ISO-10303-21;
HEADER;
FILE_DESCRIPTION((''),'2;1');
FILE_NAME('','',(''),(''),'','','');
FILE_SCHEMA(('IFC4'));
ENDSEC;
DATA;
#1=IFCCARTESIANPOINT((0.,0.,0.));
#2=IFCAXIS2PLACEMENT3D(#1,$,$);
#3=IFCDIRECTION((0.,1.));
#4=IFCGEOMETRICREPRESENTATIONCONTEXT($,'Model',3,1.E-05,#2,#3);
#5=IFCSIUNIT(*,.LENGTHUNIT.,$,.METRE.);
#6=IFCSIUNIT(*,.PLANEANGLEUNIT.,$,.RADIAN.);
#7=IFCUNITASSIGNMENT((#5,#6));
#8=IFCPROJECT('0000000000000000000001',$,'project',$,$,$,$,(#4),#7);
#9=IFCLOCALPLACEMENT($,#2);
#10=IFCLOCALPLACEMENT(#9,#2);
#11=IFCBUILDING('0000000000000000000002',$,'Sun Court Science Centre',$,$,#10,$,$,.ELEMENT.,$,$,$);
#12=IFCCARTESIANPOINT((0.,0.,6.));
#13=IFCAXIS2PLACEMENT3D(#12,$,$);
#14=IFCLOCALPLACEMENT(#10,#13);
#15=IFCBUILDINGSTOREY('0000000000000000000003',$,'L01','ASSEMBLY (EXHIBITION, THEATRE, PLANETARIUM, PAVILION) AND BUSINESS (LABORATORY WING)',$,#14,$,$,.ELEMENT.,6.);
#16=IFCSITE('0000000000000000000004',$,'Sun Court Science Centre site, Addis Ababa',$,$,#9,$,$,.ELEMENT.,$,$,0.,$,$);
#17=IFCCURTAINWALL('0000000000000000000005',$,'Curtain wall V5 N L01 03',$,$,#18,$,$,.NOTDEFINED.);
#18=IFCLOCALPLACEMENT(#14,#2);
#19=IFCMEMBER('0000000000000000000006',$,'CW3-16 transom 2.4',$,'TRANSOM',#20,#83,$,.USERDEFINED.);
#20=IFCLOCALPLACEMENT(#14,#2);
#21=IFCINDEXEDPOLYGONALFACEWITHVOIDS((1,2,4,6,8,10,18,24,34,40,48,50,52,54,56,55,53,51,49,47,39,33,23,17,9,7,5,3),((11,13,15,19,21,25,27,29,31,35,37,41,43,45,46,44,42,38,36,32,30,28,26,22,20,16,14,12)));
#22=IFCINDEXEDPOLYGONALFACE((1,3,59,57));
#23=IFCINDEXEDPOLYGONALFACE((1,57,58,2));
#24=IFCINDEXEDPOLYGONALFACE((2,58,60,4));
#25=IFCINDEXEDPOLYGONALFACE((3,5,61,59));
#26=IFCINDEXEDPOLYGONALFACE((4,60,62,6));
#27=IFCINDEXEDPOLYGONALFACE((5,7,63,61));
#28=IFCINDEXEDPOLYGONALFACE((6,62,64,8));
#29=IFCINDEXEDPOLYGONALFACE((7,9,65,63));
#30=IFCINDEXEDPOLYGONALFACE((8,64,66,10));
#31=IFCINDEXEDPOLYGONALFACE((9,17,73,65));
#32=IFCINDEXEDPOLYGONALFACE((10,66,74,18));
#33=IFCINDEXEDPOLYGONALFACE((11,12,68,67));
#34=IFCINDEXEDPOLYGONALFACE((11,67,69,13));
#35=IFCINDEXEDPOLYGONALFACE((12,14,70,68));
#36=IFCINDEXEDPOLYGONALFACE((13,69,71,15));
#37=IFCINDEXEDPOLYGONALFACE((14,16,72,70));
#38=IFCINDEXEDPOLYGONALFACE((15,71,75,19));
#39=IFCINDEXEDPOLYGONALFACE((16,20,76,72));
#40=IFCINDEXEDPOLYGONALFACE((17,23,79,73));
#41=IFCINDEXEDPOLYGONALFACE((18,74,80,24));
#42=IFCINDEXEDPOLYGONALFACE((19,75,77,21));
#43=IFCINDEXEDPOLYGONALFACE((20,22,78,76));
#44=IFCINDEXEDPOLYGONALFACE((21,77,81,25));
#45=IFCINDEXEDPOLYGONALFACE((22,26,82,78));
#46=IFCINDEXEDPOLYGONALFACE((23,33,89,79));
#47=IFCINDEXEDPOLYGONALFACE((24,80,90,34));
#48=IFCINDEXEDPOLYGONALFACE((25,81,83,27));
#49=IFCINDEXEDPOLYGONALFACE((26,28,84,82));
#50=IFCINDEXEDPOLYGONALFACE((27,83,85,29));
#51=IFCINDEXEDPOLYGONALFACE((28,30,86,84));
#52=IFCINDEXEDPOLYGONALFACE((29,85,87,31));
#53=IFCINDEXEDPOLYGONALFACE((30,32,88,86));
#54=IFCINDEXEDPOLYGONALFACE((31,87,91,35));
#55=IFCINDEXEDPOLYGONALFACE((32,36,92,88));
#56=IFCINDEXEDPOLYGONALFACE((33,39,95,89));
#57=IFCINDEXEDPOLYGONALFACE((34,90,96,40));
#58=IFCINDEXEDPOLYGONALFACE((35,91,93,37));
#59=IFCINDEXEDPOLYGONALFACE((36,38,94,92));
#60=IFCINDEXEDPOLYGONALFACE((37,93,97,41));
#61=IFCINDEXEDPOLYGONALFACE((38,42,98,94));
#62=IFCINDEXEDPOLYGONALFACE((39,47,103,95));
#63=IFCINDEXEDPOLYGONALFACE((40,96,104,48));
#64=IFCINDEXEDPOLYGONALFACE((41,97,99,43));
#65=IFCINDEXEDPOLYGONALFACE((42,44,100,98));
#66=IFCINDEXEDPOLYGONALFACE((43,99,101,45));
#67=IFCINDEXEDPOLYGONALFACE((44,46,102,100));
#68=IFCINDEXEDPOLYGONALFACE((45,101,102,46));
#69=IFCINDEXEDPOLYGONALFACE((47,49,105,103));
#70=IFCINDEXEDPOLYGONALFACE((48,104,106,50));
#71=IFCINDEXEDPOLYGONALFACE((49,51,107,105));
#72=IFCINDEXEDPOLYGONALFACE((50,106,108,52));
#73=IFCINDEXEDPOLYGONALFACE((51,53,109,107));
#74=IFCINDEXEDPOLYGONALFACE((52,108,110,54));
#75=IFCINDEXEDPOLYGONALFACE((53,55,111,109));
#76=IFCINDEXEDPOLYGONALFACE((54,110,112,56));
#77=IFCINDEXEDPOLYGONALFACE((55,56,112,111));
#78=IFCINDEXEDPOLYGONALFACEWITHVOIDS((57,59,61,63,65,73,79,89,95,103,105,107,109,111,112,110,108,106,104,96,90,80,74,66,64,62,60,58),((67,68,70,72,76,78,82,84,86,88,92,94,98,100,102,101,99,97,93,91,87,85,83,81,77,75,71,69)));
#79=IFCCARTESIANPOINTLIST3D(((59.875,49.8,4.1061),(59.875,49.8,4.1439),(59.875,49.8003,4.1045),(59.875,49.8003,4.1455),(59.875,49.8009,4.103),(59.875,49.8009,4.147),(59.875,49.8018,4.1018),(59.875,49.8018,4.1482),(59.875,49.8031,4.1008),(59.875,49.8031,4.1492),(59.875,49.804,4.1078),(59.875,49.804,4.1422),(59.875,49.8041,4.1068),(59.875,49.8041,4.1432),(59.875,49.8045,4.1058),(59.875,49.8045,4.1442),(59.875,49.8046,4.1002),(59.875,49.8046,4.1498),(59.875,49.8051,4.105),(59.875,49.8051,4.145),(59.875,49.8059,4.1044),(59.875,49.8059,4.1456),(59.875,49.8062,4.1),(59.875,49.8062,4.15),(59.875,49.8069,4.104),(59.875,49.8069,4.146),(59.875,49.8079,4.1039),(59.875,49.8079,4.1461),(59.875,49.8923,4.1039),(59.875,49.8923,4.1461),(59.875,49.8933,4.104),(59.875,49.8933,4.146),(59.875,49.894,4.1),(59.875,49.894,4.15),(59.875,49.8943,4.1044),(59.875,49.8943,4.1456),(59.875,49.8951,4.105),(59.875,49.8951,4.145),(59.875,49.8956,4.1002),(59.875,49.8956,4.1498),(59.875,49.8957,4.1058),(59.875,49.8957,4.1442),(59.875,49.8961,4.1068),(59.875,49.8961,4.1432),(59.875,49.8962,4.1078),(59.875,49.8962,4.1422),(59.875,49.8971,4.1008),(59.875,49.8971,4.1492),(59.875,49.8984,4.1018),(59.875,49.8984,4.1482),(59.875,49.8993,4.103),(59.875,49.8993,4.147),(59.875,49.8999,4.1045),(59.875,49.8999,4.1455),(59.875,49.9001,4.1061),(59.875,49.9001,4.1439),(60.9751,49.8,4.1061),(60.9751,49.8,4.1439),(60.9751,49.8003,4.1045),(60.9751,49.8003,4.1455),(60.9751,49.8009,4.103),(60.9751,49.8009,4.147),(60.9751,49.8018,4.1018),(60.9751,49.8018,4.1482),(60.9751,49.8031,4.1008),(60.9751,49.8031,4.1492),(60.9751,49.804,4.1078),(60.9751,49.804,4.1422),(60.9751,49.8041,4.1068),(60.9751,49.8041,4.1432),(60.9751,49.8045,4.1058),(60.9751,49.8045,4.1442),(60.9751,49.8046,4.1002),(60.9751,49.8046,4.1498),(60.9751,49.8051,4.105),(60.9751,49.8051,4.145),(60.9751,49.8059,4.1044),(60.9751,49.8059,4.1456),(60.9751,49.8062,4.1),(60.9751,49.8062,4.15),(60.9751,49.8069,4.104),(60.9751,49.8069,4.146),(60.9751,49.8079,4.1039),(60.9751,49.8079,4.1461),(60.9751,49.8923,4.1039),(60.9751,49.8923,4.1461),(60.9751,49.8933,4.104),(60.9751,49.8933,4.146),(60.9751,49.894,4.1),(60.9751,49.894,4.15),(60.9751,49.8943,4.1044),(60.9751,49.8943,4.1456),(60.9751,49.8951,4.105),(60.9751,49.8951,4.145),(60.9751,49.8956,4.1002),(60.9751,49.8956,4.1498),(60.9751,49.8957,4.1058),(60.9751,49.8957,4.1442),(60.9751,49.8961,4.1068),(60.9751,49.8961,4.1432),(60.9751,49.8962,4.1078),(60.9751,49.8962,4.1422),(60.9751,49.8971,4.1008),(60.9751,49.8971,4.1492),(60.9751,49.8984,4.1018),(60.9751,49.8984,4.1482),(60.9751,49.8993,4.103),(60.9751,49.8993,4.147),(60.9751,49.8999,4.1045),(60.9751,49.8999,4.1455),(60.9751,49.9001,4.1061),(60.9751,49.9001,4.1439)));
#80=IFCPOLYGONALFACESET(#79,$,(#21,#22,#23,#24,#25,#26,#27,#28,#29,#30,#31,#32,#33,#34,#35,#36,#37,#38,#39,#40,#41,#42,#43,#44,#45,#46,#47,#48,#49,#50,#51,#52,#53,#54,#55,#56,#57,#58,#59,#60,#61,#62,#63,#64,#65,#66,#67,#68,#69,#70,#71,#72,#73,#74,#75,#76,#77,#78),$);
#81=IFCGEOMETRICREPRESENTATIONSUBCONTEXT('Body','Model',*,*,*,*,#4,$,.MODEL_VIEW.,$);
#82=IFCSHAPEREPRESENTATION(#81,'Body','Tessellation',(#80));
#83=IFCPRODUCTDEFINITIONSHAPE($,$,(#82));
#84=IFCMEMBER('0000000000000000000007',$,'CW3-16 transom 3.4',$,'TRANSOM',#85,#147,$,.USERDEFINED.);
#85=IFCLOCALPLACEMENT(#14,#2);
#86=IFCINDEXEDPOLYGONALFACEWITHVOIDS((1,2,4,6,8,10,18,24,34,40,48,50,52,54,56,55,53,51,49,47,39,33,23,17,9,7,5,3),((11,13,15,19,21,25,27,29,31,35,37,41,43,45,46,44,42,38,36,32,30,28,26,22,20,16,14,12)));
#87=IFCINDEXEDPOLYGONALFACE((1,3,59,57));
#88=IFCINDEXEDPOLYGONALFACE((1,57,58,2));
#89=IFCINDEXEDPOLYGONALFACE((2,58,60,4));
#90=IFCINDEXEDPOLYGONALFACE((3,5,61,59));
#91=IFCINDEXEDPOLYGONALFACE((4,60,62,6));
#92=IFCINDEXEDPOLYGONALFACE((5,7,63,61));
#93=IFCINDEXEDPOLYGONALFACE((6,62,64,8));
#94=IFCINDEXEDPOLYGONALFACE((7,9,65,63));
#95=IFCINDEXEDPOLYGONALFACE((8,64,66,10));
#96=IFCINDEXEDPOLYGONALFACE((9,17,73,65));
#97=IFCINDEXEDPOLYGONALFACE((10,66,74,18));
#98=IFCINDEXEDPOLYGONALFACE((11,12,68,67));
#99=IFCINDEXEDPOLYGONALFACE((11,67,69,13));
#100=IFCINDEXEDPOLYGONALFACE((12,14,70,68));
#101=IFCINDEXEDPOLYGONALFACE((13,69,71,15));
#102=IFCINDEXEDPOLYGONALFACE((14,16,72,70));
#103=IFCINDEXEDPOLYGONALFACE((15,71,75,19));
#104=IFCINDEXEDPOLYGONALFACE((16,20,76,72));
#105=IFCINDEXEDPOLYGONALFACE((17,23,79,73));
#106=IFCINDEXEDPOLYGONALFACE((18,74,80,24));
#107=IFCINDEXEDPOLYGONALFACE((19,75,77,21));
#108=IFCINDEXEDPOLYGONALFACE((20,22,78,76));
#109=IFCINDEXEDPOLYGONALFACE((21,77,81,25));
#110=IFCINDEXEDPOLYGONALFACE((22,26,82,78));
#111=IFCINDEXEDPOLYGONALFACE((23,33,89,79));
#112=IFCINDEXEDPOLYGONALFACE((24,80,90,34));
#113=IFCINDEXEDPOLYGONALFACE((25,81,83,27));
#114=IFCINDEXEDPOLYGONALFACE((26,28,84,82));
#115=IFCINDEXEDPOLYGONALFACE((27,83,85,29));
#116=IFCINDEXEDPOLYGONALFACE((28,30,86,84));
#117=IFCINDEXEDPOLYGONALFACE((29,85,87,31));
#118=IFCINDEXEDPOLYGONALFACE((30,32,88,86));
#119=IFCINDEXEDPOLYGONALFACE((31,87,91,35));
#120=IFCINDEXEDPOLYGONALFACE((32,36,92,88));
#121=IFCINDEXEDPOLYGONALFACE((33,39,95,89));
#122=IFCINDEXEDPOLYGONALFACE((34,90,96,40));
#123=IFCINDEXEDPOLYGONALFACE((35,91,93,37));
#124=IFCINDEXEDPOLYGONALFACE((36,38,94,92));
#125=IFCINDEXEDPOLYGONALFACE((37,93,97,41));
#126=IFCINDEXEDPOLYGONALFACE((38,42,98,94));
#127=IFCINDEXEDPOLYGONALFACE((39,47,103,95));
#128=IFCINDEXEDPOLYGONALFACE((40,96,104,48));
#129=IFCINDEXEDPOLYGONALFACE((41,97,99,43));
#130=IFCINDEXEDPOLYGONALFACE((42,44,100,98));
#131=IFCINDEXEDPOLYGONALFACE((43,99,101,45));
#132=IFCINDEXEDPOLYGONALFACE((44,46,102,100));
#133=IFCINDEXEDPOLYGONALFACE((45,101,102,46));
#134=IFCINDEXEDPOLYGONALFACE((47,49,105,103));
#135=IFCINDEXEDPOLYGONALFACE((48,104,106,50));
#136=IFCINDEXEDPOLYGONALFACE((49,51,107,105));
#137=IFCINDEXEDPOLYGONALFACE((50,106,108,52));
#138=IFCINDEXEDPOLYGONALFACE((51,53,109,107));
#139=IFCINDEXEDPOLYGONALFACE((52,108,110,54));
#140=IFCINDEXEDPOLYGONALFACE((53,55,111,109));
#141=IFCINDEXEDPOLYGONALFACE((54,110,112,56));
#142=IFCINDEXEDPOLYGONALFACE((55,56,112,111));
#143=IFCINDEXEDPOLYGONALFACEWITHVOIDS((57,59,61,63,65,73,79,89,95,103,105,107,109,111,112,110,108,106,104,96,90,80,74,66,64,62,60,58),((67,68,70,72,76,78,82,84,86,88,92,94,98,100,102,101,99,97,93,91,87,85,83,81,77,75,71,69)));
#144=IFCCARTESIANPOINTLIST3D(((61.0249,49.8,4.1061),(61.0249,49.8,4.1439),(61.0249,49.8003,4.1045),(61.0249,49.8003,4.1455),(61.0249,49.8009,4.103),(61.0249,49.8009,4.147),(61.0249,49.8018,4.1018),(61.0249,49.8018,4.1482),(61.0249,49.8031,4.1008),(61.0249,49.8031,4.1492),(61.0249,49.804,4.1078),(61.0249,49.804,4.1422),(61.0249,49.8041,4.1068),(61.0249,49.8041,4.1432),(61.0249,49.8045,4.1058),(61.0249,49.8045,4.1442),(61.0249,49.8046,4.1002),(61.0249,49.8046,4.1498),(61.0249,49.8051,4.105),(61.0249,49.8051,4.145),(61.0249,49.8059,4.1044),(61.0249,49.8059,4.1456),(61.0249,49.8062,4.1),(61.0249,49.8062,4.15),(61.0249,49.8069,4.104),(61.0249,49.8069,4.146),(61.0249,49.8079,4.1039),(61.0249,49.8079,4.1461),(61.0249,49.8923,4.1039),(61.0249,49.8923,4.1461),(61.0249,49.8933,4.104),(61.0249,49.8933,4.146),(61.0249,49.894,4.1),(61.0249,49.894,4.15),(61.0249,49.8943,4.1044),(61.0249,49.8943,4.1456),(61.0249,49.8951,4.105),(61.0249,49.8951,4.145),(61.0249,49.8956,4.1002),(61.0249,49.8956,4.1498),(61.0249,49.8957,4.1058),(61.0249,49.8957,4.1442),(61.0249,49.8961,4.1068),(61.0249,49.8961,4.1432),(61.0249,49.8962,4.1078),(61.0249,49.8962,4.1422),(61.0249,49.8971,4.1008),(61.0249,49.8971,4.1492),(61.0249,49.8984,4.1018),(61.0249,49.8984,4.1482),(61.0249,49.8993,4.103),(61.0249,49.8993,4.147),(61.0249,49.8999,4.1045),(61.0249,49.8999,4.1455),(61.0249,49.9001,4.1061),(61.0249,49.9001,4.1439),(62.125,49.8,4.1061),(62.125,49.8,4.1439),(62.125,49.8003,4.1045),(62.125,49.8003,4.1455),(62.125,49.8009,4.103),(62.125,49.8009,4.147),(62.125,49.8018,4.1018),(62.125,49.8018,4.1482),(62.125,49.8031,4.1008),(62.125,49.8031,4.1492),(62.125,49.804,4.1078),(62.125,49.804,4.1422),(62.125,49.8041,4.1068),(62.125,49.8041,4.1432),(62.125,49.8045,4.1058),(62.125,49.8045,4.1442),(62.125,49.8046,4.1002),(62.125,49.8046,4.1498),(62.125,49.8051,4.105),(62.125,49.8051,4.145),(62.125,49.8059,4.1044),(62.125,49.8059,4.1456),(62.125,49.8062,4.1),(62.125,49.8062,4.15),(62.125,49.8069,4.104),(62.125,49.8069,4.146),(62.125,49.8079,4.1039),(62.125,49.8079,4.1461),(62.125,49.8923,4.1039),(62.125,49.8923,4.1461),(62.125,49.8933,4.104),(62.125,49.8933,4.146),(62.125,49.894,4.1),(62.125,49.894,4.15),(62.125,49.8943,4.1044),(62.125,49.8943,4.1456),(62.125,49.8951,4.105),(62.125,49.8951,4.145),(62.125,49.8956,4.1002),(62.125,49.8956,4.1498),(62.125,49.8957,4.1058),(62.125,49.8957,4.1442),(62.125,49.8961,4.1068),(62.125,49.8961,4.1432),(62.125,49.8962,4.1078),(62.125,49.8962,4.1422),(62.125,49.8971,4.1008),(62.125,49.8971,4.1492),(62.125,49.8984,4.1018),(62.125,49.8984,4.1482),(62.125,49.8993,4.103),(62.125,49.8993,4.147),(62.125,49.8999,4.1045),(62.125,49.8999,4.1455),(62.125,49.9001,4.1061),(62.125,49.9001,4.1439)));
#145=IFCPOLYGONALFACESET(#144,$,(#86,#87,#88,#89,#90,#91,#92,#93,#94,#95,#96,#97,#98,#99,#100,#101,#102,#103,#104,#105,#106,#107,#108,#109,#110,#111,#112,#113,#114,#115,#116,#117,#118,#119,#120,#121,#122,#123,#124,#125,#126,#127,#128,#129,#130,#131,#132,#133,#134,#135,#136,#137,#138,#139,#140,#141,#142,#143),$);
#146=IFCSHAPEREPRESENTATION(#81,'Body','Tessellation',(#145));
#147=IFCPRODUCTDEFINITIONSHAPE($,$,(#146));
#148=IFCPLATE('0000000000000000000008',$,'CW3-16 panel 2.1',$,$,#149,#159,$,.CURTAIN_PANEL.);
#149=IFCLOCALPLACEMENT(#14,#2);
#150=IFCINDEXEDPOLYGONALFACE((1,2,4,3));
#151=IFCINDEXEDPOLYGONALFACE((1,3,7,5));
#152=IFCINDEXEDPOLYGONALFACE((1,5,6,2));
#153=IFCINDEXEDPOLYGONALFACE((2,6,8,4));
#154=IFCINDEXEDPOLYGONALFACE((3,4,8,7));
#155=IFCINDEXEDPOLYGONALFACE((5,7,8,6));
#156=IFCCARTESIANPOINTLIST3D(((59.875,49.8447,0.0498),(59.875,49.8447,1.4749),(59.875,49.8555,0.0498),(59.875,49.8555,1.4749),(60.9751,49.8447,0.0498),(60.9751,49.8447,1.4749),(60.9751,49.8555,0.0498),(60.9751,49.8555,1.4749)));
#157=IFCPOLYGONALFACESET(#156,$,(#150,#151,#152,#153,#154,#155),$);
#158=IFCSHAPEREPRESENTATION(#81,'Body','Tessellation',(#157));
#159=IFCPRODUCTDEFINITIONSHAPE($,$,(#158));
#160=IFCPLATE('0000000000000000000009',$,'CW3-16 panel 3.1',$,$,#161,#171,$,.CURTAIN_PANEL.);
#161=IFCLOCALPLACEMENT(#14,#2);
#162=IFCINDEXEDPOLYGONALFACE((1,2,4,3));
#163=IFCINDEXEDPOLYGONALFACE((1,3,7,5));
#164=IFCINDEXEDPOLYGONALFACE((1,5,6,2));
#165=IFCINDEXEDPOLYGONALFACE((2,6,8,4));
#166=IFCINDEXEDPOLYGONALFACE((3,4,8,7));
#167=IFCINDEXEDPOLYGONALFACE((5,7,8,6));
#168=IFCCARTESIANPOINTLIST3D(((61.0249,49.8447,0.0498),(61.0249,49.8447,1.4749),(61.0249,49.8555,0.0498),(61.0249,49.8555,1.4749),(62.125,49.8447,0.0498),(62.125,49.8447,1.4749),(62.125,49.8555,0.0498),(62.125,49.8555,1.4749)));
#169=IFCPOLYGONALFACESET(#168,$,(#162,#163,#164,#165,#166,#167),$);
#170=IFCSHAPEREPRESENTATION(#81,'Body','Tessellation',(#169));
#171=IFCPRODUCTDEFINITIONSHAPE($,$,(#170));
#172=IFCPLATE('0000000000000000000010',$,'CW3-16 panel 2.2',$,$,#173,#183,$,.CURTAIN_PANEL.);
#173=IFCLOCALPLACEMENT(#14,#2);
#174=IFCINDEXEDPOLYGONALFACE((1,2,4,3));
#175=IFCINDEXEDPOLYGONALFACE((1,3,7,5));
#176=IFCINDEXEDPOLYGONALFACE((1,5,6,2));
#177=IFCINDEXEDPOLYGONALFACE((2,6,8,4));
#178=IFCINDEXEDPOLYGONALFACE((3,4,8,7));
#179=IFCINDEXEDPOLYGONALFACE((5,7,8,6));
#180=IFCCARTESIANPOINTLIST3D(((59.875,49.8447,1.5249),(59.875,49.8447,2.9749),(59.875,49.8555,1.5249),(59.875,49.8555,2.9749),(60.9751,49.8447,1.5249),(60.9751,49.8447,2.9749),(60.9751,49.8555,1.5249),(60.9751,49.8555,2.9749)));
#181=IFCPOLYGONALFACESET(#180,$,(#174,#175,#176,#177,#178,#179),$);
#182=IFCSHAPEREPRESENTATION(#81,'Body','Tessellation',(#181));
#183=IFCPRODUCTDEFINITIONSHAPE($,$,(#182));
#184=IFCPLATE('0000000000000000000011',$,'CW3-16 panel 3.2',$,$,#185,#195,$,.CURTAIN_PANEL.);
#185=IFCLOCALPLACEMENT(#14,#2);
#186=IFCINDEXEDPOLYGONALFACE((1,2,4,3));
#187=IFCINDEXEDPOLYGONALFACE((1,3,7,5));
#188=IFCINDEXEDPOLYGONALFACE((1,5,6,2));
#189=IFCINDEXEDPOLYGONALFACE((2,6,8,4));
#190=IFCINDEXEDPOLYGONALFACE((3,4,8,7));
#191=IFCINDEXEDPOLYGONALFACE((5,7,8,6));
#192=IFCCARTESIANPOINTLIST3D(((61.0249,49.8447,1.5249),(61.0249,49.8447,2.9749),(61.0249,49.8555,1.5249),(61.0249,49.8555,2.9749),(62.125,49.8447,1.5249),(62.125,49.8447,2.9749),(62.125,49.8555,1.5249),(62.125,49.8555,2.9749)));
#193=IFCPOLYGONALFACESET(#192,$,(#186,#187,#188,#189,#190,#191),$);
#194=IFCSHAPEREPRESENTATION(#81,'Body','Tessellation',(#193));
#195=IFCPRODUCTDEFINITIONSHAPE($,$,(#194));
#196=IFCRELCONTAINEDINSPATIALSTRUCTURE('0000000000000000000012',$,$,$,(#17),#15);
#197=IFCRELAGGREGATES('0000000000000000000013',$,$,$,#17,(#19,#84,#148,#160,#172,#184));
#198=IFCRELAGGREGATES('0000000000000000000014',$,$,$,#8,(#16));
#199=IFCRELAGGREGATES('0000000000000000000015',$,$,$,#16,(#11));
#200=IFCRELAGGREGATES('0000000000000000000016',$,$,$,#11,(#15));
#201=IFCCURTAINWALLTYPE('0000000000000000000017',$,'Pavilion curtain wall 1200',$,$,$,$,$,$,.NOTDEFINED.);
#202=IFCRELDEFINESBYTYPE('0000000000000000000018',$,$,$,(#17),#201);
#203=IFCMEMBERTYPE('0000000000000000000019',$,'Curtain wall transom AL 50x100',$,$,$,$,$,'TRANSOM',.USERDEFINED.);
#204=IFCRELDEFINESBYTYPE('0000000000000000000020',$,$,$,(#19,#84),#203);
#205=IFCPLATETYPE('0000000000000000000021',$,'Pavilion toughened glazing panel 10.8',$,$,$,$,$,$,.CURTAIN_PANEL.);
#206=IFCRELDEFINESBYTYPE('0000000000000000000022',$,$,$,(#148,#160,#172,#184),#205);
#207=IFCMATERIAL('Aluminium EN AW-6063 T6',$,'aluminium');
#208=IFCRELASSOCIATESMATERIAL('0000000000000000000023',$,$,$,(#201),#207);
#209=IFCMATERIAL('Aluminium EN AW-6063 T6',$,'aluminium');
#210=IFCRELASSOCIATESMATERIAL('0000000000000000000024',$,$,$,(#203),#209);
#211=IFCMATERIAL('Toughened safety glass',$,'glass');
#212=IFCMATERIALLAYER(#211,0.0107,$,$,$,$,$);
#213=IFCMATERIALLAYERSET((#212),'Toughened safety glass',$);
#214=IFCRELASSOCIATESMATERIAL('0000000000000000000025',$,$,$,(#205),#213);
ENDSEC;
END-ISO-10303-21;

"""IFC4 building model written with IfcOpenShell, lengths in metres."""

from ifc_helpers import new_model, si_unit, direction, frame, origin, origin_2d, place, context, subcontext, project, spatial, rectangle, hollow_rectangle, extrude, material, layer, layer_set, material_profile, profile_set, type_object, element, aggregate, save


model = new_model("IFC4")

# Units and contexts
model_context = context("Model", 3, precision=1e-05, world=origin(), true_north=direction((0.0, 1.0)))
body_context = subcontext(model_context, "Body", "Model", "MODEL_VIEW")
ifc_project = project(units=[si_unit("LENGTHUNIT", "METRE"), si_unit("PLANEANGLEUNIT", "RADIAN")], contexts=[model_context])

# Site, building, storey
site_placement = place(None, origin())
site = spatial("IfcSite", under=ifc_project, at=site_placement, Name="Sun Court Science Centre site, Addis Ababa", CompositionType="ELEMENT", RefElevation=0.0)
building_placement = place(site_placement, origin())
building = spatial("IfcBuilding", under=site, at=building_placement, Name="Sun Court Science Centre", CompositionType="ELEMENT")
storey_placement = place(building_placement, frame((0.0, 0.0, 6.0)))
storey = spatial("IfcBuildingStorey", under=building, at=storey_placement, Name="L01", Description="ASSEMBLY (EXHIBITION, THEATRE, PLANETARIUM, PAVILION) AND BUSINESS (LABORATORY WING)", CompositionType="ELEMENT", Elevation=6.0)

# Curtain wall, members, plates
ifc_material_1 = material(Name="Aluminium EN AW-6063 T6", Category="aluminium")
curtain_wall_type = type_object("IfcCurtainWallType", Name="Pavilion curtain wall 1200", PredefinedType="NOTDEFINED", material=ifc_material_1)
curtain_wall_placement = place(storey_placement, origin())
curtain_wall = element("IfcCurtainWall", 1, at=curtain_wall_placement, inside=storey, type_object=curtain_wall_type, Name="Curtain wall V5 N L01 03", PredefinedType="NOTDEFINED")
ifc_material_2 = material(Name="Aluminium EN AW-6063 T6", Category="aluminium")
ifc_material_profile_1 = material_profile(ifc_material_2, hollow_rectangle(XDim=0.05, YDim=0.1001, WallThickness=0.0039, InnerFilletRadius=0.0039, OuterFilletRadius=0.0061, at=origin_2d()), Name="AL 50x100x4")
ifc_profile_set_1 = profile_set([ifc_material_profile_1], Name="Aluminium EN AW-6063 T6")
member_type_1 = type_object("IfcMemberType", Name="Curtain wall transom AL 50x100", ElementType="TRANSOM", PredefinedType="USERDEFINED", material=ifc_profile_set_1)
member_1_placement = place(storey_placement, frame((59.875, 49.8501, 4.125), z_axis=(1.0, 0.0, 0.0), x_axis=(0.0, 0.0, 1.0)))
member_1 = element("IfcMember", 2, at=member_1_placement, type_object=member_type_1, Name="CW3-16 transom 2.4", ObjectType="TRANSOM", PredefinedType="USERDEFINED", context=body_context, shape_type="SweptSolid", body=[
    extrude(hollow_rectangle(XDim=0.05, YDim=0.1001, WallThickness=0.0039, InnerFilletRadius=0.0039, OuterFilletRadius=0.0061, at=origin_2d()), origin(), (0.0, 0.0, 1.0), 1.1001),
])
member_2_placement = place(storey_placement, frame((61.0249, 49.8501, 4.125), z_axis=(1.0, 0.0, 0.0), x_axis=(0.0, 0.0, 1.0)))
member_2 = element("IfcMember", 3, at=member_2_placement, type_object=member_type_1, Name="CW3-16 transom 3.4", ObjectType="TRANSOM", PredefinedType="USERDEFINED", context=body_context, shape_type="SweptSolid", body=[
    extrude(hollow_rectangle(XDim=0.05, YDim=0.1001, WallThickness=0.0039, InnerFilletRadius=0.0039, OuterFilletRadius=0.0061, at=origin_2d()), origin(), (0.0, 0.0, 1.0), 1.1001),
])
ifc_material_3 = material(Name="Toughened safety glass", Category="glass")
ifc_layer_1 = layer(ifc_material_3, 0.0107)
ifc_layer_set_1 = layer_set([ifc_layer_1], Name="Toughened safety glass")
plate_type = type_object("IfcPlateType", Name="Pavilion toughened glazing panel 10.8", PredefinedType="CURTAIN_PANEL", material=ifc_layer_set_1)
plate_1_placement = place(storey_placement, frame((60.425, 49.8501, 0.0498), z_axis=(0.0, 0.0, 1.0), x_axis=(1.0, 0.0, 0.0)))
plate_1 = element("IfcPlate", 4, at=plate_1_placement, type_object=plate_type, Name="CW3-16 panel 2.1", PredefinedType="CURTAIN_PANEL", context=body_context, shape_type="SweptSolid", body=[
    extrude(rectangle(XDim=1.1001, YDim=0.0107, at=origin_2d()), origin(), (0.0, 0.0, 1.0), 1.425),
])
plate_2_placement = place(storey_placement, frame((61.575, 49.8501, 0.0498), z_axis=(0.0, 0.0, 1.0), x_axis=(1.0, 0.0, 0.0)))
plate_2 = element("IfcPlate", 5, at=plate_2_placement, type_object=plate_type, Name="CW3-16 panel 3.1", PredefinedType="CURTAIN_PANEL", context=body_context, shape_type="SweptSolid", body=[
    extrude(rectangle(XDim=1.1001, YDim=0.0107, at=origin_2d()), origin(), (0.0, 0.0, 1.0), 1.425),
])
plate_3_placement = place(storey_placement, frame((60.425, 49.8501, 1.5249), z_axis=(0.0, 0.0, 1.0), x_axis=(1.0, 0.0, 0.0)))
plate_3 = element("IfcPlate", 6, at=plate_3_placement, type_object=plate_type, Name="CW3-16 panel 2.2", PredefinedType="CURTAIN_PANEL", context=body_context, shape_type="SweptSolid", body=[
    extrude(rectangle(XDim=1.1001, YDim=0.0107, at=origin_2d()), origin(), (0.0, 0.0, 1.0), 1.45),
])
plate_4_placement = place(storey_placement, frame((61.575, 49.8501, 1.5249), z_axis=(0.0, 0.0, 1.0), x_axis=(1.0, 0.0, 0.0)))
plate_4 = element("IfcPlate", 7, at=plate_4_placement, type_object=plate_type, Name="CW3-16 panel 3.2", PredefinedType="CURTAIN_PANEL", context=body_context, shape_type="SweptSolid", body=[
    extrude(rectangle(XDim=1.1001, YDim=0.0107, at=origin_2d()), origin(), (0.0, 0.0, 1.0), 1.45),
])
aggregate(curtain_wall, [member_1, member_2, plate_1, plate_2, plate_3, plate_4])

save(model, "model.ifc")
